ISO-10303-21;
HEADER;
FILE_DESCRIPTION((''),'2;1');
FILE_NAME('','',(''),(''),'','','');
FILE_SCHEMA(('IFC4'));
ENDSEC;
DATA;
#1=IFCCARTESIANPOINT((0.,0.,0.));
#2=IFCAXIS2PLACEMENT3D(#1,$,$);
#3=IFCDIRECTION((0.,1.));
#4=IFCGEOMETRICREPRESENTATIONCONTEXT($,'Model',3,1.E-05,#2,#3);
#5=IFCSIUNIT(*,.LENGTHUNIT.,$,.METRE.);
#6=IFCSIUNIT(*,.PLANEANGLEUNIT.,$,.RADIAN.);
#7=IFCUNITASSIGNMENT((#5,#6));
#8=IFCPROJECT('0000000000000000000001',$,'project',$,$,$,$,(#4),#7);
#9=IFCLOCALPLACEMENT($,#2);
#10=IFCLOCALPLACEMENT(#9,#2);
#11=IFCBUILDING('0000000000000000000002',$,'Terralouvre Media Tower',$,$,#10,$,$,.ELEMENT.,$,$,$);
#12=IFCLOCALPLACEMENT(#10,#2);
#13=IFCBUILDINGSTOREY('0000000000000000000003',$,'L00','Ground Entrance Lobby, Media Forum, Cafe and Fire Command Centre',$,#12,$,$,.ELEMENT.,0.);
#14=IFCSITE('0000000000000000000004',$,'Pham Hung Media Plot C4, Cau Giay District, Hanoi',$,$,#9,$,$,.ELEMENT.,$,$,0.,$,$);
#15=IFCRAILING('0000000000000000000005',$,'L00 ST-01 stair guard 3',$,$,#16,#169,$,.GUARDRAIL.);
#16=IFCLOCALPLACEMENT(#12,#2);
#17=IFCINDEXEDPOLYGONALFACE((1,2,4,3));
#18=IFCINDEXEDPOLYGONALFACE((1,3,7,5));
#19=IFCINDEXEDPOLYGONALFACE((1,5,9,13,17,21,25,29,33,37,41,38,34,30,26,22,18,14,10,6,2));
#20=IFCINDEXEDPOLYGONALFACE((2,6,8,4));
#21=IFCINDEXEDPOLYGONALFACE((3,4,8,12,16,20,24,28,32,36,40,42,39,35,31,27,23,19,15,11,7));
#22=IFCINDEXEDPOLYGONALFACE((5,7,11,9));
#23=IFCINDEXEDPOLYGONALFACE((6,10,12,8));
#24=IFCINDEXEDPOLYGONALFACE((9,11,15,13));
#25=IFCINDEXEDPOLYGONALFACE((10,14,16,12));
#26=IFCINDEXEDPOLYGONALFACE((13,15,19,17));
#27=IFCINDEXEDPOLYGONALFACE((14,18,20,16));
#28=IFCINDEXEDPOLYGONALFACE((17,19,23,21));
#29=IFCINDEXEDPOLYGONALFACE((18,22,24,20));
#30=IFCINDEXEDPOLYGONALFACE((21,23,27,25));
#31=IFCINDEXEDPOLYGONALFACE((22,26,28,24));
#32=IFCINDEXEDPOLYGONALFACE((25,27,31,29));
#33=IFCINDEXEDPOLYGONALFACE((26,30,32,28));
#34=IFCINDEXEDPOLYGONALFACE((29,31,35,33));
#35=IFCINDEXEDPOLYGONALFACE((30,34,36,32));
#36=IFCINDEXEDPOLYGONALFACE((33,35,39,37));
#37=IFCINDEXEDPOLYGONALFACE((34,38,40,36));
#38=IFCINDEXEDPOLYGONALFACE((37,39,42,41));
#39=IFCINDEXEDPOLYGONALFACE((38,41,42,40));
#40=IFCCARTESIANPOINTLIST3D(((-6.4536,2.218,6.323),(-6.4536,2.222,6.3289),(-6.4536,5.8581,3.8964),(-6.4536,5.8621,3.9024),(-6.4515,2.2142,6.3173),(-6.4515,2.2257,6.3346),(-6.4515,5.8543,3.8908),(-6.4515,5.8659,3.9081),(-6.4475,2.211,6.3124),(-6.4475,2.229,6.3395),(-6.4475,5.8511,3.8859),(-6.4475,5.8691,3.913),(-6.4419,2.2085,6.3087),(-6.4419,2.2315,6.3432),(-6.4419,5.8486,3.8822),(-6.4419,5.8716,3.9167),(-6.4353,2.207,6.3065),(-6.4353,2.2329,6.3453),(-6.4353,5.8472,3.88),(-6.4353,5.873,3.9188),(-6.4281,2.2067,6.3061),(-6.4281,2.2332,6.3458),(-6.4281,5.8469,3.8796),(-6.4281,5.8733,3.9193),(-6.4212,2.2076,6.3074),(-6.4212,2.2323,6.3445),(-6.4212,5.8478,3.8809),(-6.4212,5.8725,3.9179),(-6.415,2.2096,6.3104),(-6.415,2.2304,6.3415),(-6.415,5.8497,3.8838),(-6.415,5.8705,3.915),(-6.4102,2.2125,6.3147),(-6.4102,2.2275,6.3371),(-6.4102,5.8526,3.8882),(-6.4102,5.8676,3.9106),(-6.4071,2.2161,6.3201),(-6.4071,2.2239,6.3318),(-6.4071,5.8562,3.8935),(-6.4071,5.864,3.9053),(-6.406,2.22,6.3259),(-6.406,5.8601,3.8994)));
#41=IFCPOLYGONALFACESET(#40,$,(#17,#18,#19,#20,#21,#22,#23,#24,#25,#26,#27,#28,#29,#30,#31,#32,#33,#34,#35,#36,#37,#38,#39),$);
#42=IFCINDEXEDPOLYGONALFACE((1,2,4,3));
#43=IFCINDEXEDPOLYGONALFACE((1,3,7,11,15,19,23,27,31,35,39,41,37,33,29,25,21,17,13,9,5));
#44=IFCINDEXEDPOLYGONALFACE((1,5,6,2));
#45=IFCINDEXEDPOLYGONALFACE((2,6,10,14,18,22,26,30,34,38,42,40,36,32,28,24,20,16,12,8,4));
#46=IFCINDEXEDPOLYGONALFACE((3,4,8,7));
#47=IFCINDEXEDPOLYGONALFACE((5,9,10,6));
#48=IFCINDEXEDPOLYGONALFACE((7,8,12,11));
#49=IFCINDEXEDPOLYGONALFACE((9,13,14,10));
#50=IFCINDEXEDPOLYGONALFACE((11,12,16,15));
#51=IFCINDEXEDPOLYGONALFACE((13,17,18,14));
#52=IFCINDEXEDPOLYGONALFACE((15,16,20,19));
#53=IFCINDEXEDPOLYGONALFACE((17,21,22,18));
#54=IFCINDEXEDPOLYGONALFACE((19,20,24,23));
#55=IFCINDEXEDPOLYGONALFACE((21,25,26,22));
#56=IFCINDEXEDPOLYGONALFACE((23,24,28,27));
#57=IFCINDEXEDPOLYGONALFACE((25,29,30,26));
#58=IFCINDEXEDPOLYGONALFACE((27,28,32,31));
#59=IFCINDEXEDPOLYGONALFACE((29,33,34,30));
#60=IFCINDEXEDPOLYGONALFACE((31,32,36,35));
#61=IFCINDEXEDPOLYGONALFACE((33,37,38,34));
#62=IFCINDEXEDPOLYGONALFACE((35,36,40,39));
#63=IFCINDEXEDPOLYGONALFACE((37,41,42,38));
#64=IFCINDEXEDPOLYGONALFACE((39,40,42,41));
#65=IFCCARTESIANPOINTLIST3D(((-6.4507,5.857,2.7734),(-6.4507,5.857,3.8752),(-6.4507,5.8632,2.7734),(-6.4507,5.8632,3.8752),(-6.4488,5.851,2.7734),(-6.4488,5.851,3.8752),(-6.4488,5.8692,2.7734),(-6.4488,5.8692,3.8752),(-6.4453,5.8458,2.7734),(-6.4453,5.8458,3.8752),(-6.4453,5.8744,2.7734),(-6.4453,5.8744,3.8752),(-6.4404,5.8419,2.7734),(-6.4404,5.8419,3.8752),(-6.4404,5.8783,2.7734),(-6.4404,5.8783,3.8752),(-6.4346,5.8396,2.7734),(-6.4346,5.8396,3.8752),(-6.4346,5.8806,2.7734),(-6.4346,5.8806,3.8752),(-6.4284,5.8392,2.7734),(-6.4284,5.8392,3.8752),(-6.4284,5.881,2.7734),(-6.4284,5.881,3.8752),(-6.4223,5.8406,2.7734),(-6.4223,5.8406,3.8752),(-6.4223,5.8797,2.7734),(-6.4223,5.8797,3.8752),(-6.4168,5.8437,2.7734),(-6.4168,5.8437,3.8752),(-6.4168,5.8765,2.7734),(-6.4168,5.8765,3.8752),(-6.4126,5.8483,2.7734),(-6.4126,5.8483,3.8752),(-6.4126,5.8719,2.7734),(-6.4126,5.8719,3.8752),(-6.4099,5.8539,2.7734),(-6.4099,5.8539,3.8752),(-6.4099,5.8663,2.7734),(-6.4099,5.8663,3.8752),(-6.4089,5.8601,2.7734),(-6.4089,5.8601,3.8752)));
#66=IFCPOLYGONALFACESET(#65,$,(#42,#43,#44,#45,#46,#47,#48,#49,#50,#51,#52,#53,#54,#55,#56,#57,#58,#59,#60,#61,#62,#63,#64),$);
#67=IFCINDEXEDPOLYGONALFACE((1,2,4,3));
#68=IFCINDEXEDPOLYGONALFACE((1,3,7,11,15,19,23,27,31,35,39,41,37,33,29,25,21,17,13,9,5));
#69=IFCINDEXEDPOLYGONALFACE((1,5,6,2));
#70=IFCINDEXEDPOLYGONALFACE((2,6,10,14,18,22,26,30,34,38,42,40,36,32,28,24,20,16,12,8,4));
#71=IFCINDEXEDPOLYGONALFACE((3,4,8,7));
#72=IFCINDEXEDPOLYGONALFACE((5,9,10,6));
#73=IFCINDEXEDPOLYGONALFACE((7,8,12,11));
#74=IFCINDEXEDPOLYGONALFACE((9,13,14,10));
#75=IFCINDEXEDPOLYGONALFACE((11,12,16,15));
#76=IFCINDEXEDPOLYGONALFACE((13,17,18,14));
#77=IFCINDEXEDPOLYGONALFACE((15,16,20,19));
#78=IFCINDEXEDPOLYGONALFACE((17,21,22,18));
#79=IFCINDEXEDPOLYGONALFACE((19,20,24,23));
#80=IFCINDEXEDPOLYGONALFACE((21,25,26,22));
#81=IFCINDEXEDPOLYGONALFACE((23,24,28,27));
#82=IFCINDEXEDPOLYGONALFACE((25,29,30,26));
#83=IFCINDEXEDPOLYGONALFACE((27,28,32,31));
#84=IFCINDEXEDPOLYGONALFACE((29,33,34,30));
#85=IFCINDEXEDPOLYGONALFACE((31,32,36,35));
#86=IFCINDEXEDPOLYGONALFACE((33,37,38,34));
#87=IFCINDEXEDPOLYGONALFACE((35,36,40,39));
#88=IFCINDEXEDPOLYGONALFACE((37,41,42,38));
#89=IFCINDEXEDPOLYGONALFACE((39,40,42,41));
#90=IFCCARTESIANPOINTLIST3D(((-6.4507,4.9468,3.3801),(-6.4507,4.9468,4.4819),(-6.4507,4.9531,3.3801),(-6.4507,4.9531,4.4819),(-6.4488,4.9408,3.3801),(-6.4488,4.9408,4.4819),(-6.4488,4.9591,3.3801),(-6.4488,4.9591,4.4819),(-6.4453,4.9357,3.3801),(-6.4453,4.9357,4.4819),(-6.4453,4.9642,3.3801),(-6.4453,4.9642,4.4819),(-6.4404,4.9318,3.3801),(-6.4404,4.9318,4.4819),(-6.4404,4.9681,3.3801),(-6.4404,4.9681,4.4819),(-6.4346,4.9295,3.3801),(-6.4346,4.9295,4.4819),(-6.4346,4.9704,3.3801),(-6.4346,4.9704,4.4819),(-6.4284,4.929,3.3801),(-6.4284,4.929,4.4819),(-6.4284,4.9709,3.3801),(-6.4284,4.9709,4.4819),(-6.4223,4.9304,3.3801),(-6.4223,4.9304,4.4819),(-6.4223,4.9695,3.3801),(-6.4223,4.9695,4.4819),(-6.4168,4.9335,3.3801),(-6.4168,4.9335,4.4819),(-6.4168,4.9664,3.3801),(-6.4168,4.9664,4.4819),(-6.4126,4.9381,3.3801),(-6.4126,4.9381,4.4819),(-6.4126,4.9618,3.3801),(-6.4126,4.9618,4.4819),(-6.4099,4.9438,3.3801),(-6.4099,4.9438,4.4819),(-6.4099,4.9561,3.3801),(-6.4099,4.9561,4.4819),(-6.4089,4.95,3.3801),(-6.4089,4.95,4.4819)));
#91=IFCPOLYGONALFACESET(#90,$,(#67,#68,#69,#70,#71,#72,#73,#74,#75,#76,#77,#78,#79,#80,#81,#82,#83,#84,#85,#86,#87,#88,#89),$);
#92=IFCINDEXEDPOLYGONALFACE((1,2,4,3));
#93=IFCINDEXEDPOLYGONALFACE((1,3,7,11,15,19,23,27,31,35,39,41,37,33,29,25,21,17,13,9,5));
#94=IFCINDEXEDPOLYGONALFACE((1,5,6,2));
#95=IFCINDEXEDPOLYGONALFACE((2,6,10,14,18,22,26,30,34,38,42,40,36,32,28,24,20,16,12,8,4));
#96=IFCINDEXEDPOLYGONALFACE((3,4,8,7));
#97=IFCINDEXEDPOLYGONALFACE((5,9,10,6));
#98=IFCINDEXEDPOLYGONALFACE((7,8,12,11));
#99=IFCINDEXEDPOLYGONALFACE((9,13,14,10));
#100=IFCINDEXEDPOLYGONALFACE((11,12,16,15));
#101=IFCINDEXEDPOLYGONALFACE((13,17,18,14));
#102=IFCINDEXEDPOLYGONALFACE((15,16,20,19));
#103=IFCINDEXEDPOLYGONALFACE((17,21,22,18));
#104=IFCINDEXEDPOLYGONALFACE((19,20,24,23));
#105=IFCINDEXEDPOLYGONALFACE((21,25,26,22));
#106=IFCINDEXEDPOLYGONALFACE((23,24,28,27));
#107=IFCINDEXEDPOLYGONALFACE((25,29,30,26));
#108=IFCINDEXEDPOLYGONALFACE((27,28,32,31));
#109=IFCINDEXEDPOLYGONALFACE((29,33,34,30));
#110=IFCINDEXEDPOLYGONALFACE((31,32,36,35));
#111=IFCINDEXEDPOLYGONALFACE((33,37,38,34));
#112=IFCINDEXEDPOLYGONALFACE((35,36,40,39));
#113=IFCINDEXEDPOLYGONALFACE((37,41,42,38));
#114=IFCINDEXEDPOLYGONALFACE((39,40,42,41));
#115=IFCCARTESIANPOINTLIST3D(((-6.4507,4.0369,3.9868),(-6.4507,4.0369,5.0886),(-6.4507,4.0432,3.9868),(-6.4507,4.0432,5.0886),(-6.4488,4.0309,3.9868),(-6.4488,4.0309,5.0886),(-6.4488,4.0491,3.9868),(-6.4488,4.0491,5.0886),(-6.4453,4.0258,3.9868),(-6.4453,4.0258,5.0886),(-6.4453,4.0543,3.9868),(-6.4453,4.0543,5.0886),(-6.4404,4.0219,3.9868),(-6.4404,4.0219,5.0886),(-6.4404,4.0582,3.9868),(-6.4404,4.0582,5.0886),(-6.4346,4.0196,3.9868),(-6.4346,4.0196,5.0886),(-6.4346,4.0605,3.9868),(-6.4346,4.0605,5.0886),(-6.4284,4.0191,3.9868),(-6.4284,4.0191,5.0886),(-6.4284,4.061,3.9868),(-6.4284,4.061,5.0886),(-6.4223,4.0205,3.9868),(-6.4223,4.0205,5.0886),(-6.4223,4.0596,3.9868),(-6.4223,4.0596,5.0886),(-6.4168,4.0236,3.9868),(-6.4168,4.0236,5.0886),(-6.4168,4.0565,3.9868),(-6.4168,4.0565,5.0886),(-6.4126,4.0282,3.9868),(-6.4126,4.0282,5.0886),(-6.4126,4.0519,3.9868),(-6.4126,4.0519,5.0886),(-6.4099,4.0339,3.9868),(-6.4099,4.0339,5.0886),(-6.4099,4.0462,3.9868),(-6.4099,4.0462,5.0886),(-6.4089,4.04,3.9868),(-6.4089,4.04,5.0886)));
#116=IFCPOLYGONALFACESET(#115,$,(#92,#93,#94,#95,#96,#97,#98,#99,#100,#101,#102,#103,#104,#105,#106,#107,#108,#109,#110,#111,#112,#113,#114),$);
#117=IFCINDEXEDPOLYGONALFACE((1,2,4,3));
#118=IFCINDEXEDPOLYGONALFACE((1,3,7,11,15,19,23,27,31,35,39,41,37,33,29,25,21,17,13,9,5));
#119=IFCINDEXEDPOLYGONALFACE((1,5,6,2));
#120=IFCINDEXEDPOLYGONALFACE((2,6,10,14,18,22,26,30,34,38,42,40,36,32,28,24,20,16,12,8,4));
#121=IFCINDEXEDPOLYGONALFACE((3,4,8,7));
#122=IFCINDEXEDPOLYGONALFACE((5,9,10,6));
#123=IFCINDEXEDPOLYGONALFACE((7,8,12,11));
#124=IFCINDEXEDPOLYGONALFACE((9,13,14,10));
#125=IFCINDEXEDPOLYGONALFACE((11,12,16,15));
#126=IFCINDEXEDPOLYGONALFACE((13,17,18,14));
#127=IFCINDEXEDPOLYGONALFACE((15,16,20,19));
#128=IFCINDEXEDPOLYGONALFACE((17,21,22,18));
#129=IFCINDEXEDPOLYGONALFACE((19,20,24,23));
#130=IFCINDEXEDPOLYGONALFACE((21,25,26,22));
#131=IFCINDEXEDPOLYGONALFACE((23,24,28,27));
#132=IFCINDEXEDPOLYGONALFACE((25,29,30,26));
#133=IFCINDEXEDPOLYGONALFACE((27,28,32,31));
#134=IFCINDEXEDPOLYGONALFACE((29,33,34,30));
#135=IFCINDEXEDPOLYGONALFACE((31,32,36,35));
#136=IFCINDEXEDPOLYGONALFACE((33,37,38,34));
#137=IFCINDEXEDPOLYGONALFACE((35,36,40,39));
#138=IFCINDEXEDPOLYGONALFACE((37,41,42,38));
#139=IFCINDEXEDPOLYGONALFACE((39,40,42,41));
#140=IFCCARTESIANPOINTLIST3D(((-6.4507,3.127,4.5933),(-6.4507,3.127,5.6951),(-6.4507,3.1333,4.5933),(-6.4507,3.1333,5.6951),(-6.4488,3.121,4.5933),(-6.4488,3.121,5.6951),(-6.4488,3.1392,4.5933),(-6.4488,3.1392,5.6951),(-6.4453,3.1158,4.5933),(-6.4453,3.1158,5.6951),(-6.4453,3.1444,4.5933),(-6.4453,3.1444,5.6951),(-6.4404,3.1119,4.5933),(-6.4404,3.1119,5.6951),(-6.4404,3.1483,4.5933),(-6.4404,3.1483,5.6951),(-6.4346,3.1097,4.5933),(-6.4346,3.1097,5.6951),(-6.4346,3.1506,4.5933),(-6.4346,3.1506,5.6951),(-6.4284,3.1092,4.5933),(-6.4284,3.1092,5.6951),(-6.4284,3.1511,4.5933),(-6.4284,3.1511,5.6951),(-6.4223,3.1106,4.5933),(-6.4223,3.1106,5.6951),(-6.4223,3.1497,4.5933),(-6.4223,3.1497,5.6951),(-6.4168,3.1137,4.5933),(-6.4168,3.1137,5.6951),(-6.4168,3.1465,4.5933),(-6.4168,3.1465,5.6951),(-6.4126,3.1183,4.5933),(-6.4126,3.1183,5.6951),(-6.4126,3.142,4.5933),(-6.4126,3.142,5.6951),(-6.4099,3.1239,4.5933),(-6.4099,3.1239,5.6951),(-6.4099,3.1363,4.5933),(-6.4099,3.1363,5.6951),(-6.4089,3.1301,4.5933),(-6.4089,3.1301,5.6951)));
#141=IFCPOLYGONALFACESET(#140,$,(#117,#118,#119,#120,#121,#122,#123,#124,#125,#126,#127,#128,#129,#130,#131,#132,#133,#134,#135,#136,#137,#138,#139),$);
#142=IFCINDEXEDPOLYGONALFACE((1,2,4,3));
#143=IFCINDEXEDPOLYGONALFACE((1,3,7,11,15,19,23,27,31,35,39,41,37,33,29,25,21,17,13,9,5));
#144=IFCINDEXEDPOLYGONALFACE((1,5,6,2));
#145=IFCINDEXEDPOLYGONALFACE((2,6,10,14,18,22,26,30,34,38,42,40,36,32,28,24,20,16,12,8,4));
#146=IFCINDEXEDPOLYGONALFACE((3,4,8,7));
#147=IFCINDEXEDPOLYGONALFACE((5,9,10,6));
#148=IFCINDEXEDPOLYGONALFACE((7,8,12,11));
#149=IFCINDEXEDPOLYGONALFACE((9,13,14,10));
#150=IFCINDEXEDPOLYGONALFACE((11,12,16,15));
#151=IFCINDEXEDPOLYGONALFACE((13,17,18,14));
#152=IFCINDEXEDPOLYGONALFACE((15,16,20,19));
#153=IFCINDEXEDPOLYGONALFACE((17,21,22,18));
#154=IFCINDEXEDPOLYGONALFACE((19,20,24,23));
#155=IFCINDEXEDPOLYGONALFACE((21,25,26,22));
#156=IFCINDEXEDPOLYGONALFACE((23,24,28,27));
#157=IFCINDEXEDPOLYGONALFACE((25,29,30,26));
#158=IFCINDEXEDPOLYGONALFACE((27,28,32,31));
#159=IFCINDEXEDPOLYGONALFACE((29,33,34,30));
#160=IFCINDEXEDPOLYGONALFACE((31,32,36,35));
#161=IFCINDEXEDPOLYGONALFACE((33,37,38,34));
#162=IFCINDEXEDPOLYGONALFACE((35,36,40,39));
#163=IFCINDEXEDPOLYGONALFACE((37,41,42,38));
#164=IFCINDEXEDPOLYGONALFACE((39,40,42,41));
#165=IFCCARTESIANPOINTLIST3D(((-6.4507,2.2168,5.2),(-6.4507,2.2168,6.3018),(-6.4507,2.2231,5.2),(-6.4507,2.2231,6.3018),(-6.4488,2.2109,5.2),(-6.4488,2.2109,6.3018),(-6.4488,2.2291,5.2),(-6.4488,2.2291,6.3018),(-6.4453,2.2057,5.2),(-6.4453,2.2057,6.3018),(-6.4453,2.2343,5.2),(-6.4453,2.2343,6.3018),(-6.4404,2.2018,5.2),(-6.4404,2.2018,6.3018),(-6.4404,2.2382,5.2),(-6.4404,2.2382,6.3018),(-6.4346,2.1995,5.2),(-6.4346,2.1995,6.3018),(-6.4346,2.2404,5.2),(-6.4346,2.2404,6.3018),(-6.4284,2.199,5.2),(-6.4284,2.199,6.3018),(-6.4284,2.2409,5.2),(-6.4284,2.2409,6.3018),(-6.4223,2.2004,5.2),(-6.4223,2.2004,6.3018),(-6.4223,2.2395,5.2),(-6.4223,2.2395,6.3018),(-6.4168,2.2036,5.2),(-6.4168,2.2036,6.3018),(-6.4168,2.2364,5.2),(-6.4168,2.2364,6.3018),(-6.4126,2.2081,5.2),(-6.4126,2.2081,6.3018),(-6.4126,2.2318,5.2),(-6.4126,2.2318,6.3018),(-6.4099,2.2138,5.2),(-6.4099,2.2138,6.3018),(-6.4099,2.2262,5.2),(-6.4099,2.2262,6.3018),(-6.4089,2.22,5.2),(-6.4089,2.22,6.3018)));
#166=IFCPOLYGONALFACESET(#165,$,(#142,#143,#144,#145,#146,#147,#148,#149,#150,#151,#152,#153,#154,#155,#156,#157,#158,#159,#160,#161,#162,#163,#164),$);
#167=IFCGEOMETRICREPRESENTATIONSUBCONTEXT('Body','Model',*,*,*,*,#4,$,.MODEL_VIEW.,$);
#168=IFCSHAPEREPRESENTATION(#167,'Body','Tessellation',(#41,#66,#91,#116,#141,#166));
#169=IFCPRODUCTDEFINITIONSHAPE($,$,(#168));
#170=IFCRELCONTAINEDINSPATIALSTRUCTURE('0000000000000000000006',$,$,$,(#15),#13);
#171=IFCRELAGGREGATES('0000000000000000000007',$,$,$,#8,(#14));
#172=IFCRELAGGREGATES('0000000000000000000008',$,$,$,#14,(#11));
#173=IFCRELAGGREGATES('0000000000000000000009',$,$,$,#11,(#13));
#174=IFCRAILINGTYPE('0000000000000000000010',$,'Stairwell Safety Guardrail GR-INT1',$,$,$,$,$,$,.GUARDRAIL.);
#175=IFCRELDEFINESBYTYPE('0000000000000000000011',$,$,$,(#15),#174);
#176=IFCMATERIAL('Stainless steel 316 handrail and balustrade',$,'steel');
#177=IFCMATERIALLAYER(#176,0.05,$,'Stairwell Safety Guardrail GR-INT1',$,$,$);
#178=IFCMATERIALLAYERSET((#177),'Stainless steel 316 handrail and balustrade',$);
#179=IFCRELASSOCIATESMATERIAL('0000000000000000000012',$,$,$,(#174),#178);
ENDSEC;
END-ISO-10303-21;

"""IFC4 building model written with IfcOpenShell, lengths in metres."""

from ifc_helpers import new_model, si_unit, direction, frame, origin, origin_2d, place, context, subcontext, project, spatial, circle, extrude, material, layer, layer_set, type_object, element, save


model = new_model("IFC4")

# Units and contexts
model_context = context("Model", 3, precision=1e-05, world=origin(), true_north=direction((0.0, 1.0)))
body_context = subcontext(model_context, "Body", "Model", "MODEL_VIEW")
ifc_project = project(units=[si_unit("LENGTHUNIT", "METRE"), si_unit("PLANEANGLEUNIT", "RADIAN")], contexts=[model_context])

# Site, building, storey
site_placement = place(None, origin())
site = spatial("IfcSite", under=ifc_project, at=site_placement, Name="Pham Hung Media Plot C4, Cau Giay District, Hanoi", CompositionType="ELEMENT", RefElevation=0.0)
building_placement = place(site_placement, origin())
building = spatial("IfcBuilding", under=site, at=building_placement, Name="Terralouvre Media Tower", CompositionType="ELEMENT")
storey_placement = place(building_placement, origin())
storey = spatial("IfcBuildingStorey", under=building, at=storey_placement, Name="L00", Description="Ground Entrance Lobby, Media Forum, Cafe and Fire Command Centre", CompositionType="ELEMENT", Elevation=0.0)

# Railing
ifc_material_1 = material(Name="Stainless steel 316 handrail and balustrade", Category="steel")
ifc_layer_1 = layer(ifc_material_1, 0.05, Name="Stairwell Safety Guardrail GR-INT1")
ifc_layer_set_1 = layer_set([ifc_layer_1], Name="Stainless steel 316 handrail and balustrade")
railing_type_1 = type_object("IfcRailingType", Name="Stairwell Safety Guardrail GR-INT1", PredefinedType="GUARDRAIL", material=ifc_layer_set_1)
railing_1_placement = place(storey_placement, frame((-6.4299, 5.8601, 2.7734)))
element("IfcRailing", 1, at=railing_1_placement, inside=storey, type_object=railing_type_1, Name="L00 ST-01 stair guard 3", PredefinedType="GUARDRAIL", context=body_context, shape_type="SweptSolid", body=[
    extrude(circle(Radius=0.0239, at=origin_2d()), frame((0.0, 0.0, 1.126), z_axis=(0.0, -0.832076, 0.554662), x_axis=(1.0, 0.0, 0.0)), (0.0, 0.0, 1.0), 4.3748),
    extrude(circle(Radius=0.021, at=origin_2d()), origin(), (0.0, 0.0, 1.0), 1.1018),
    extrude(circle(Radius=0.021, at=origin_2d()), frame((0.0, -0.9102, 0.6067)), (0.0, 0.0, 1.0), 1.1018),
    extrude(circle(Radius=0.021, at=origin_2d()), frame((0.0, -1.8201, 1.2134)), (0.0, 0.0, 1.0), 1.1018),
    extrude(circle(Radius=0.021, at=origin_2d()), frame((0.0, -2.73, 1.8198)), (0.0, 0.0, 1.0), 1.1018),
    extrude(circle(Radius=0.021, at=origin_2d()), frame((0.0, -3.6401, 2.4265)), (0.0, 0.0, 1.0), 1.1018),
])

save(model, "model.ifc")
